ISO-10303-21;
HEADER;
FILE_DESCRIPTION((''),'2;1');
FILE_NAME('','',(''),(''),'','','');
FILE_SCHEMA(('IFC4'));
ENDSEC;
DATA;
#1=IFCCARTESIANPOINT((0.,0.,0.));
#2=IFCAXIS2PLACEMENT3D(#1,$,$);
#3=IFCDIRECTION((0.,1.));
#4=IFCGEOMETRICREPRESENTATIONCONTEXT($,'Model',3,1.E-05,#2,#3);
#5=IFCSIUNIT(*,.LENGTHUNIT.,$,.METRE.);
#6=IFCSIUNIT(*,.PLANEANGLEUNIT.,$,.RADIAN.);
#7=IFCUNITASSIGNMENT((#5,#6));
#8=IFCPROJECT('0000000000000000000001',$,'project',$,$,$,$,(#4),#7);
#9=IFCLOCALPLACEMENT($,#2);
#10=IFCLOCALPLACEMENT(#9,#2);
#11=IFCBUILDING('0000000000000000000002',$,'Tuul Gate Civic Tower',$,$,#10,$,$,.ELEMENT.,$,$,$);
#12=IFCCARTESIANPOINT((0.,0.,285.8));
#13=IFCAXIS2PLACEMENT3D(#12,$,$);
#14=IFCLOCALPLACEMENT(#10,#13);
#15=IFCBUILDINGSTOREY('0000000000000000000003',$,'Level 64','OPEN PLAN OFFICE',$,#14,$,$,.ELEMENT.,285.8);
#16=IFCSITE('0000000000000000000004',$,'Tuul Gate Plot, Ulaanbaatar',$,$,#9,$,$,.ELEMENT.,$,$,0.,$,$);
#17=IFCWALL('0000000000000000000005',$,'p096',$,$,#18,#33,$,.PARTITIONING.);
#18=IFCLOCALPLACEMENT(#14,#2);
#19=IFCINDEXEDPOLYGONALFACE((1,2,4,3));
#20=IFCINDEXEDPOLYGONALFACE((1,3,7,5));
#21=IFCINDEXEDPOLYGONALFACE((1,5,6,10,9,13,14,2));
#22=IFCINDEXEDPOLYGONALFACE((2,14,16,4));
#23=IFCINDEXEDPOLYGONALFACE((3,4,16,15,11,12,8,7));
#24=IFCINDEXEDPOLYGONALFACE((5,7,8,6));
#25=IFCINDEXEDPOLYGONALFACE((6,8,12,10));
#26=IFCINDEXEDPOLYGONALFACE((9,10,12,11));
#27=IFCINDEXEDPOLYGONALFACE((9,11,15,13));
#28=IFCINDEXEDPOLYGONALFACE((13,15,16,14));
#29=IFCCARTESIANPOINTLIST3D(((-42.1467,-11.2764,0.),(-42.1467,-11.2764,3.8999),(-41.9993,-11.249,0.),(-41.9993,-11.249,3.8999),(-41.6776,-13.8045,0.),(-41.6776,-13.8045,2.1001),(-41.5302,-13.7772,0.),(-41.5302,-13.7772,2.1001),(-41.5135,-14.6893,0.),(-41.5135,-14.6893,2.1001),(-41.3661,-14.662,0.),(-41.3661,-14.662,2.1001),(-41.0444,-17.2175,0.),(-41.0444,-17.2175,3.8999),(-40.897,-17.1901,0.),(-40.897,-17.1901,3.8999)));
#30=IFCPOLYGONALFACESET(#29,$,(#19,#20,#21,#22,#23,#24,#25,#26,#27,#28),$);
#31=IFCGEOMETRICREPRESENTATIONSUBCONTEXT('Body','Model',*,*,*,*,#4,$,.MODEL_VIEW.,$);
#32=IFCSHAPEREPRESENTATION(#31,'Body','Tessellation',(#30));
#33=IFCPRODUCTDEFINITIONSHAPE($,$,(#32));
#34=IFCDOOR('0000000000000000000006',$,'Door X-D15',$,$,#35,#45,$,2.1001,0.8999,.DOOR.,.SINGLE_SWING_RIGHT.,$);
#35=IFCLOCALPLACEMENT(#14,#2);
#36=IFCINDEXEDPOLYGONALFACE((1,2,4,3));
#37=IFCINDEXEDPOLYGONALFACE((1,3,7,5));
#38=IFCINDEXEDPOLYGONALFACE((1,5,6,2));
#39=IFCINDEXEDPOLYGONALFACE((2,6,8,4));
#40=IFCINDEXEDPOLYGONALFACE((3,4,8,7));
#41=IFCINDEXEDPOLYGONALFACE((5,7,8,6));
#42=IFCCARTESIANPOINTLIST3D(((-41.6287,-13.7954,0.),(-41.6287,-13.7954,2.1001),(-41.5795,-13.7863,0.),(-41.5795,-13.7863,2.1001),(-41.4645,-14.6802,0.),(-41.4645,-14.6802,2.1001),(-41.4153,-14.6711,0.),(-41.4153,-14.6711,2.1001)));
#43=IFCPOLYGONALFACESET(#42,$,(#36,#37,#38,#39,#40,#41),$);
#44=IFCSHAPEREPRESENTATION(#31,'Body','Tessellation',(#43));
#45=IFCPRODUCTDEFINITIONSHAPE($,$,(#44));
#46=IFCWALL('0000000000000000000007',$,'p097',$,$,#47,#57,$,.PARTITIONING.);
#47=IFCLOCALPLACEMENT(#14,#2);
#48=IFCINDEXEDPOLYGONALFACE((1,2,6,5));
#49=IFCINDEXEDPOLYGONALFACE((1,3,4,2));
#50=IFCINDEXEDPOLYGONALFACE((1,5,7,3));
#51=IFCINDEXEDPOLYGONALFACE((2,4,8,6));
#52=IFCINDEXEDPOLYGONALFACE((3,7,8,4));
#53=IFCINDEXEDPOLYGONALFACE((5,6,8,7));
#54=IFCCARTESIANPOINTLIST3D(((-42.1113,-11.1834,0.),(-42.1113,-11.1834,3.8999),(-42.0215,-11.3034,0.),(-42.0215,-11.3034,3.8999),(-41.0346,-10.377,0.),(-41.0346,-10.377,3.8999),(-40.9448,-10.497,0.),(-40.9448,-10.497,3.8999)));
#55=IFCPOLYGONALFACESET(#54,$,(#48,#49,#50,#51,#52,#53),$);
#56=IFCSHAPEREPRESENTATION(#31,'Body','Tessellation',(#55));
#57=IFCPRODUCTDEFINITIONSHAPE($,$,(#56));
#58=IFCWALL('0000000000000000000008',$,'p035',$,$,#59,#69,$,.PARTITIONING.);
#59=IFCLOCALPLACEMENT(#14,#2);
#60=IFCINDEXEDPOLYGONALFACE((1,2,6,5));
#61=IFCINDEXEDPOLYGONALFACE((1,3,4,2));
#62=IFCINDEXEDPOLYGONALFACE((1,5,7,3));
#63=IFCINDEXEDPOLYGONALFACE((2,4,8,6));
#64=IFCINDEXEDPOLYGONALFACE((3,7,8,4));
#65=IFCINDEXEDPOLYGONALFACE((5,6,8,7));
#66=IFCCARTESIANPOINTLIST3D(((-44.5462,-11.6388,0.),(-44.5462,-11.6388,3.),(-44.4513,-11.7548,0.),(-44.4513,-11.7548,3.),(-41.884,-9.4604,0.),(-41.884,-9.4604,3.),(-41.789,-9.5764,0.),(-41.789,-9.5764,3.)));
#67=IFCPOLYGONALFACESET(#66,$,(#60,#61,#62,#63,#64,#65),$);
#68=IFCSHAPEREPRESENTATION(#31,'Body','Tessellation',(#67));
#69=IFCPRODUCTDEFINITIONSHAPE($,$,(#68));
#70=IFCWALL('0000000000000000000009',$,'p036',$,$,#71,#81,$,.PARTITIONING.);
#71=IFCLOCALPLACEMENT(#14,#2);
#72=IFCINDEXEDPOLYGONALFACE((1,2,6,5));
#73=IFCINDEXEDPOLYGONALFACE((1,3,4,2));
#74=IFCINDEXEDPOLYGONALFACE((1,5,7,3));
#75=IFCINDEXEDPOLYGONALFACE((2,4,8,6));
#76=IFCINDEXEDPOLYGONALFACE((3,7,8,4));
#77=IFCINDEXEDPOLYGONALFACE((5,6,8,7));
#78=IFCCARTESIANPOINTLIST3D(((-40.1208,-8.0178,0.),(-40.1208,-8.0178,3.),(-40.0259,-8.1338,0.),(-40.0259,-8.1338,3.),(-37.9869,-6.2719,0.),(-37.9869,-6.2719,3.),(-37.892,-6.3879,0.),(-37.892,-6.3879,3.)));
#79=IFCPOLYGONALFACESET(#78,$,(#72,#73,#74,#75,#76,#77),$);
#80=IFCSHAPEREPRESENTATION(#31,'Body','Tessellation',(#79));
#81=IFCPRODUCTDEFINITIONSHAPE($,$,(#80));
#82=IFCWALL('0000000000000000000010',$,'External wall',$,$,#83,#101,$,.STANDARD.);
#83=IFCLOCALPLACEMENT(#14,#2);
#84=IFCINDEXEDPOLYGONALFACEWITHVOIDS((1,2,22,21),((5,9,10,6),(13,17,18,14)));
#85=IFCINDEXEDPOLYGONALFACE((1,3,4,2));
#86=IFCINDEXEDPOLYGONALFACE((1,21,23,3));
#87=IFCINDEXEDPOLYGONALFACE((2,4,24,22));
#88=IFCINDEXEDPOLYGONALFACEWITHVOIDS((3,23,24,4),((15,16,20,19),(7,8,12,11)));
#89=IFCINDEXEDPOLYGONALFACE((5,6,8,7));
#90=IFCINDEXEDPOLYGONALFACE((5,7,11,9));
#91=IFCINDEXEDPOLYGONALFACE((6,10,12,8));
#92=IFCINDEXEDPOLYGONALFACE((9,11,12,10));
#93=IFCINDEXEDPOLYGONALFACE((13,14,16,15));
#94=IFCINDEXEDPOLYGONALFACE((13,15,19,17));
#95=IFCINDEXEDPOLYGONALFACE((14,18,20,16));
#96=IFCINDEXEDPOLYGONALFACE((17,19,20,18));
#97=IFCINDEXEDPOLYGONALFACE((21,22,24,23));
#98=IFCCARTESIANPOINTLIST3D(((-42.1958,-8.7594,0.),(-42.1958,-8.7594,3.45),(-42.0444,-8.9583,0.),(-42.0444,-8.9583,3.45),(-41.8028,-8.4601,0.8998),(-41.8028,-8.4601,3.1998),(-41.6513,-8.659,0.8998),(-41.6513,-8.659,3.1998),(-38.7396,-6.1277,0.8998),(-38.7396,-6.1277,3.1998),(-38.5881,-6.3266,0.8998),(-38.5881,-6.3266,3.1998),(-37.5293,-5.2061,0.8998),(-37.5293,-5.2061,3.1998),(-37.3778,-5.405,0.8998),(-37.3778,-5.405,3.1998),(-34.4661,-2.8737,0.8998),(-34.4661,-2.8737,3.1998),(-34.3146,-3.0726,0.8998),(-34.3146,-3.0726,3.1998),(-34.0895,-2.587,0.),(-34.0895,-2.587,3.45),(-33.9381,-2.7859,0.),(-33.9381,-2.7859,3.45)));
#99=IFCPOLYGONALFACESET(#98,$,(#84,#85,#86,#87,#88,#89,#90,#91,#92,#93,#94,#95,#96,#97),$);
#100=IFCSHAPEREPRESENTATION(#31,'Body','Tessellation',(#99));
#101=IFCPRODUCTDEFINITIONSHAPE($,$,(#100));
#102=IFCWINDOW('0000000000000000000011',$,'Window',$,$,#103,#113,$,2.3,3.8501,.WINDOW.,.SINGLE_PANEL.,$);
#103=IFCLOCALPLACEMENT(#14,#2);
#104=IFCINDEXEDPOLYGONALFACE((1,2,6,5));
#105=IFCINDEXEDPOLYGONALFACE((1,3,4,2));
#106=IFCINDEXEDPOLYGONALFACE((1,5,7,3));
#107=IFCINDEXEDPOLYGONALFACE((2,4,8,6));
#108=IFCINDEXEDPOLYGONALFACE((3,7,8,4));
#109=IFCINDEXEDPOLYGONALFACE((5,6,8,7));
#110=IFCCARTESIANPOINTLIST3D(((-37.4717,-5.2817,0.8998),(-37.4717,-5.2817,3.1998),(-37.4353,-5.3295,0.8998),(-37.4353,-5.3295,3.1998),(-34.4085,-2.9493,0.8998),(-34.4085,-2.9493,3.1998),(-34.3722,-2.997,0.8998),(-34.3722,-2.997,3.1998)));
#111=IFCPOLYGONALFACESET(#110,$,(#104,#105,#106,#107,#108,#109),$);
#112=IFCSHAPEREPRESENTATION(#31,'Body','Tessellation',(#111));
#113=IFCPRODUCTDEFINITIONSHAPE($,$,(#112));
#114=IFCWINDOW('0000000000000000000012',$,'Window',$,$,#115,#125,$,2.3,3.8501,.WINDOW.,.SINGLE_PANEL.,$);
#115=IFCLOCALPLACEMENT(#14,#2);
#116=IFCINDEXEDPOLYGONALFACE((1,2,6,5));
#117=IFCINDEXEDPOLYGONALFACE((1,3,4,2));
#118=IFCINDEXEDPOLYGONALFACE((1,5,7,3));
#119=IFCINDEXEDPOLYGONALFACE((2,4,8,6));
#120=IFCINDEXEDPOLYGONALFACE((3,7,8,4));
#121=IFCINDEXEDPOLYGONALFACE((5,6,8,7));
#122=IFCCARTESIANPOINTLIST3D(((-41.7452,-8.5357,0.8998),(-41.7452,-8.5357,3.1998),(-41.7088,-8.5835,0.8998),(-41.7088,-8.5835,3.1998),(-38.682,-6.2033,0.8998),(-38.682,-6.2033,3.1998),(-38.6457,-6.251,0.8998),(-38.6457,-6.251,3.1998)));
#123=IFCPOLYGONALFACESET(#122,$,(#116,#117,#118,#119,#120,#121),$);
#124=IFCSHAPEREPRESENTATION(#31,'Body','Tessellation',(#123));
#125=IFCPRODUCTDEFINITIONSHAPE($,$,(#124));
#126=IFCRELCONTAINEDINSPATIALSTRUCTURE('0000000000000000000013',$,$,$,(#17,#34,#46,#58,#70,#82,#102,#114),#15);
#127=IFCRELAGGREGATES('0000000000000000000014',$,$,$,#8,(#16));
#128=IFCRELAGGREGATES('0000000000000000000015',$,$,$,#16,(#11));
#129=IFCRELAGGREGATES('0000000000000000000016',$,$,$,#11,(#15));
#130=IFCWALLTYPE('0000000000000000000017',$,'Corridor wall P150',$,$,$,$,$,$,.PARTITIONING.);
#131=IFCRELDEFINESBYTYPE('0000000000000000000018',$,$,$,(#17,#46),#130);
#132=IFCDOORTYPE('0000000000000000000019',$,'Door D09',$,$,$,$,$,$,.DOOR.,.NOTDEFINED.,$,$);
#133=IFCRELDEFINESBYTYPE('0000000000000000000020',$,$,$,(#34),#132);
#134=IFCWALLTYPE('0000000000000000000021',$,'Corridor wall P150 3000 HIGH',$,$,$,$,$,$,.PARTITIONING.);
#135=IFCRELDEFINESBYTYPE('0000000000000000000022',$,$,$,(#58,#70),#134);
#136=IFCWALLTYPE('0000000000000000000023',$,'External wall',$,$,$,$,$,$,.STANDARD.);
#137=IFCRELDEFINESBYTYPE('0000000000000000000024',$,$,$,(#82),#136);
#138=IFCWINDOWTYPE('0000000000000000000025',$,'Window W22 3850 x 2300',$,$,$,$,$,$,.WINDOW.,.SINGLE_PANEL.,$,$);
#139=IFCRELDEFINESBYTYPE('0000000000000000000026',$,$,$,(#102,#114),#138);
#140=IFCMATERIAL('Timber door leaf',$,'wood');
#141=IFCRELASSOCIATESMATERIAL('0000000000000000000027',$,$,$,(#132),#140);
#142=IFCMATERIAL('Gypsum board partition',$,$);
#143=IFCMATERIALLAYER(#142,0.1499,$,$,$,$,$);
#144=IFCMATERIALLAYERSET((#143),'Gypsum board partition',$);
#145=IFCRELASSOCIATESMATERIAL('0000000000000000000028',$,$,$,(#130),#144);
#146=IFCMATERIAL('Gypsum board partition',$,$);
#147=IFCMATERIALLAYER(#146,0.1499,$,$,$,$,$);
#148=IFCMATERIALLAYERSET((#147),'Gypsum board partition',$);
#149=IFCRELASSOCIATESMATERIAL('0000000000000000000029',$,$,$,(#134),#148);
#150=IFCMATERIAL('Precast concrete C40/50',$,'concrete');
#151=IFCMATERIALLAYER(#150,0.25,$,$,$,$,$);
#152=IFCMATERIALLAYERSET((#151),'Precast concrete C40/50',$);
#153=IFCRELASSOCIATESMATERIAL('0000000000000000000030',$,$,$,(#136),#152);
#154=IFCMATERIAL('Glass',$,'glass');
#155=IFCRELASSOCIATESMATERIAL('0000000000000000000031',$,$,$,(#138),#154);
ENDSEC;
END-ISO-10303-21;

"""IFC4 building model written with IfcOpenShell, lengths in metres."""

from ifc_helpers import new_model, si_unit, direction, frame, frame_2d, origin, place, context, subcontext, project, spatial, rectangle, extrude, material, layer, layer_set, type_object, element, fill, save


model = new_model("IFC4")

# Units and contexts
model_context = context("Model", 3, precision=1e-05, world=origin(), true_north=direction((0.0, 1.0)))
body_context = subcontext(model_context, "Body", "Model", "MODEL_VIEW")
ifc_project = project(units=[si_unit("LENGTHUNIT", "METRE"), si_unit("PLANEANGLEUNIT", "RADIAN")], contexts=[model_context])

# Site, building, storey
site_placement = place(None, origin())
site = spatial("IfcSite", under=ifc_project, at=site_placement, Name="Tuul Gate Plot, Ulaanbaatar", CompositionType="ELEMENT", RefElevation=0.0)
building_placement = place(site_placement, origin())
building = spatial("IfcBuilding", under=site, at=building_placement, Name="Tuul Gate Civic Tower", CompositionType="ELEMENT")
storey_placement = place(building_placement, frame((0.0, 0.0, 285.8)))
storey = spatial("IfcBuildingStorey", under=building, at=storey_placement, Name="Level 64", Description="OPEN PLAN OFFICE", CompositionType="ELEMENT", Elevation=285.8)

# Shared definitions
ifc_material_1 = material(Name="Timber door leaf", Category="wood")
door_type_1 = type_object("IfcDoorType", Name="Door D09", OperationType="NOTDEFINED", PredefinedType="DOOR", material=ifc_material_1)

# Shared definitions
ifc_material_2 = material(Name="Gypsum board partition")
ifc_layer_1 = layer(ifc_material_2, 0.1499)
ifc_layer_set_1 = layer_set([ifc_layer_1], Name="Gypsum board partition")
wall_type_1 = type_object("IfcWallType", Name="Corridor wall P150", PredefinedType="PARTITIONING", material=ifc_layer_set_1)

# Wall, opening, door
wall_1_placement = place(storey_placement, frame((-42.073, -11.2627, 0.0), z_axis=(0.0, 0.0, 1.0), x_axis=(0.182422, -0.98322, 0.0)))
wall_1 = element("IfcWall", 1, at=wall_1_placement, inside=storey, type_object=wall_type_1, Name="p096", PredefinedType="PARTITIONING", context=body_context, shape_type="SweptSolid", body=[
    extrude(rectangle(XDim=6.0425, YDim=0.1499, at=frame_2d((3.0212, 0.0))), origin(), (0.0, 0.0, 1.0), 3.8999),
])
opening_1_placement = place(wall_1_placement, frame((2.5713, 0.0, 0.0)))
opening_1 = element("IfcOpeningElement", 2, at=opening_1_placement, cuts=wall_1, PredefinedType="OPENING", context=body_context, shape_type="SweptSolid", body=[
    extrude(rectangle(XDim=0.8999, YDim=2.1001, at=frame_2d((0.45, 1.05))), frame((0.0, 0.085, 0.0), z_axis=(0.0, -1.0, 0.0), x_axis=(1.0, 0.0, 0.0)), (0.0, 0.0, 1.0), 0.1699),
])
door_1_placement = place(opening_1_placement, origin())
door_1 = element("IfcDoor", 3, at=door_1_placement, inside=storey, type_object=door_type_1, Name="Door X-D15", OperationType="SINGLE_SWING_RIGHT", OverallHeight=2.1001, OverallWidth=0.8999, PredefinedType="DOOR", context=body_context, shape_type="SweptSolid", body=[
    extrude(rectangle(XDim=0.8999, YDim=2.1001, at=frame_2d((0.45, 1.05))), frame((0.0, 0.0249, 0.0), z_axis=(0.0, -1.0, 0.0), x_axis=(1.0, 0.0, 0.0)), (0.0, 0.0, 1.0), 0.05),
])
fill(opening_1, door_1)

# Walls
wall_2_placement = place(storey_placement, frame((-42.0664, -11.2434, 0.0), z_axis=(0.0, 0.0, 1.0), x_axis=(0.800392, 0.599477, 0.0)))
element("IfcWall", 4, at=wall_2_placement, inside=storey, type_object=wall_type_1, Name="p097", PredefinedType="PARTITIONING", context=body_context, shape_type="SweptSolid", body=[
    extrude(rectangle(XDim=1.3452, YDim=0.1499, at=frame_2d((0.6726, 0.0))), origin(), (0.0, 0.0, 1.0), 3.8999),
])
ifc_material_3 = material(Name="Gypsum board partition")
ifc_layer_2 = layer(ifc_material_3, 0.1499)
ifc_layer_set_2 = layer_set([ifc_layer_2], Name="Gypsum board partition")
wall_type_2 = type_object("IfcWallType", Name="Corridor wall P150 3000 HIGH", PredefinedType="PARTITIONING", material=ifc_layer_set_2)
wall_3_placement = place(storey_placement, frame((-44.4988, -11.6968, 0.0), z_axis=(0.0, 0.0, 1.0), x_axis=(0.773932, 0.633269, 0.0)))
element("IfcWall", 5, at=wall_3_placement, inside=storey, type_object=wall_type_2, Name="p035", PredefinedType="PARTITIONING", context=body_context, shape_type="SweptSolid", body=[
    extrude(rectangle(XDim=3.4399, YDim=0.1499, at=frame_2d((1.72, 0.0))), origin(), (0.0, 0.0, 1.0), 3.0),
])
wall_4_placement = place(storey_placement, frame((-40.0732, -8.0757, 0.0), z_axis=(0.0, 0.0, 1.0), x_axis=(0.773953, 0.633243, 0.0)))
element("IfcWall", 6, at=wall_4_placement, inside=storey, type_object=wall_type_2, Name="p036", PredefinedType="PARTITIONING", context=body_context, shape_type="SweptSolid", body=[
    extrude(rectangle(XDim=2.7571, YDim=0.1499, at=frame_2d((1.3784, 0.0))), origin(), (0.0, 0.0, 1.0), 3.0),
])

# Wall, openings, windows
ifc_material_4 = material(Name="Precast concrete C40/50", Category="concrete")
ifc_layer_3 = layer(ifc_material_4, 0.25)
ifc_layer_set_3 = layer_set([ifc_layer_3], Name="Precast concrete C40/50")
wall_type_3 = type_object("IfcWallType", Name="External wall", PredefinedType="STANDARD", material=ifc_layer_set_3)
wall_5_placement = place(storey_placement, frame((-34.0139, -2.6865, 0.0), z_axis=(0.0, 0.0, 1.0), x_axis=(-0.795611, -0.605808, 0.0)))
wall_5 = element("IfcWall", 7, at=wall_5_placement, inside=storey, type_object=wall_type_3, Name="External wall", PredefinedType="STANDARD", context=body_context, shape_type="SweptSolid", body=[
    extrude(rectangle(XDim=10.1887, YDim=0.25, at=frame_2d((5.0942, 0.0))), origin(), (0.0, 0.0, 1.0), 3.45),
])
opening_2_placement = place(wall_5_placement, frame((0.4731, 0.0, 0.8999)))
opening_2 = element("IfcOpeningElement", 8, at=opening_2_placement, cuts=wall_5, PredefinedType="OPENING", context=body_context, shape_type="SweptSolid", body=[
    extrude(rectangle(XDim=3.8501, YDim=2.3, at=frame_2d((1.925, 1.1499))), frame((0.0, 0.135, 0.0), z_axis=(0.0, -1.0, 0.0), x_axis=(1.0, 0.0, 0.0)), (0.0, 0.0, 1.0), 0.27),
])
opening_3_placement = place(wall_5_placement, frame((5.8445, 0.0, 0.8999)))
opening_3 = element("IfcOpeningElement", 9, at=opening_3_placement, cuts=wall_5, PredefinedType="OPENING", context=body_context, shape_type="SweptSolid", body=[
    extrude(rectangle(XDim=3.8501, YDim=2.3, at=frame_2d((1.925, 1.1499))), frame((0.0, 0.135, 0.0), z_axis=(0.0, -1.0, 0.0), x_axis=(1.0, 0.0, 0.0)), (0.0, 0.0, 1.0), 0.27),
])
ifc_material_5 = material(Name="Glass", Category="glass")
window_type_1 = type_object("IfcWindowType", Name="Window W22 3850 x 2300", PartitioningType="SINGLE_PANEL", PredefinedType="WINDOW", material=ifc_material_5)
window_1_placement = place(opening_2_placement, origin())
window_1 = element("IfcWindow", 10, at=window_1_placement, inside=storey, type_object=window_type_1, Name="Window", OverallHeight=2.3, OverallWidth=3.8501, PartitioningType="SINGLE_PANEL", PredefinedType="WINDOW", context=body_context, shape_type="SweptSolid", body=[
    extrude(rectangle(XDim=3.8501, YDim=2.3, at=frame_2d((1.925, 1.1499))), frame((0.0, 0.03, 0.0), z_axis=(0.0, -1.0, 0.0), x_axis=(1.0, 0.0, 0.0)), (0.0, 0.0, 1.0), 0.0601),
])
fill(opening_2, window_1)
window_2_placement = place(opening_3_placement, origin())
window_2 = element("IfcWindow", 11, at=window_2_placement, inside=storey, type_object=window_type_1, Name="Window", OverallHeight=2.3, OverallWidth=3.8501, PartitioningType="SINGLE_PANEL", PredefinedType="WINDOW", context=body_context, shape_type="SweptSolid", body=[
    extrude(rectangle(XDim=3.8501, YDim=2.3, at=frame_2d((1.925, 1.1499))), frame((0.0, 0.03, 0.0), z_axis=(0.0, -1.0, 0.0), x_axis=(1.0, 0.0, 0.0)), (0.0, 0.0, 1.0), 0.0601),
])
fill(opening_3, window_2)

save(model, "model.ifc")
